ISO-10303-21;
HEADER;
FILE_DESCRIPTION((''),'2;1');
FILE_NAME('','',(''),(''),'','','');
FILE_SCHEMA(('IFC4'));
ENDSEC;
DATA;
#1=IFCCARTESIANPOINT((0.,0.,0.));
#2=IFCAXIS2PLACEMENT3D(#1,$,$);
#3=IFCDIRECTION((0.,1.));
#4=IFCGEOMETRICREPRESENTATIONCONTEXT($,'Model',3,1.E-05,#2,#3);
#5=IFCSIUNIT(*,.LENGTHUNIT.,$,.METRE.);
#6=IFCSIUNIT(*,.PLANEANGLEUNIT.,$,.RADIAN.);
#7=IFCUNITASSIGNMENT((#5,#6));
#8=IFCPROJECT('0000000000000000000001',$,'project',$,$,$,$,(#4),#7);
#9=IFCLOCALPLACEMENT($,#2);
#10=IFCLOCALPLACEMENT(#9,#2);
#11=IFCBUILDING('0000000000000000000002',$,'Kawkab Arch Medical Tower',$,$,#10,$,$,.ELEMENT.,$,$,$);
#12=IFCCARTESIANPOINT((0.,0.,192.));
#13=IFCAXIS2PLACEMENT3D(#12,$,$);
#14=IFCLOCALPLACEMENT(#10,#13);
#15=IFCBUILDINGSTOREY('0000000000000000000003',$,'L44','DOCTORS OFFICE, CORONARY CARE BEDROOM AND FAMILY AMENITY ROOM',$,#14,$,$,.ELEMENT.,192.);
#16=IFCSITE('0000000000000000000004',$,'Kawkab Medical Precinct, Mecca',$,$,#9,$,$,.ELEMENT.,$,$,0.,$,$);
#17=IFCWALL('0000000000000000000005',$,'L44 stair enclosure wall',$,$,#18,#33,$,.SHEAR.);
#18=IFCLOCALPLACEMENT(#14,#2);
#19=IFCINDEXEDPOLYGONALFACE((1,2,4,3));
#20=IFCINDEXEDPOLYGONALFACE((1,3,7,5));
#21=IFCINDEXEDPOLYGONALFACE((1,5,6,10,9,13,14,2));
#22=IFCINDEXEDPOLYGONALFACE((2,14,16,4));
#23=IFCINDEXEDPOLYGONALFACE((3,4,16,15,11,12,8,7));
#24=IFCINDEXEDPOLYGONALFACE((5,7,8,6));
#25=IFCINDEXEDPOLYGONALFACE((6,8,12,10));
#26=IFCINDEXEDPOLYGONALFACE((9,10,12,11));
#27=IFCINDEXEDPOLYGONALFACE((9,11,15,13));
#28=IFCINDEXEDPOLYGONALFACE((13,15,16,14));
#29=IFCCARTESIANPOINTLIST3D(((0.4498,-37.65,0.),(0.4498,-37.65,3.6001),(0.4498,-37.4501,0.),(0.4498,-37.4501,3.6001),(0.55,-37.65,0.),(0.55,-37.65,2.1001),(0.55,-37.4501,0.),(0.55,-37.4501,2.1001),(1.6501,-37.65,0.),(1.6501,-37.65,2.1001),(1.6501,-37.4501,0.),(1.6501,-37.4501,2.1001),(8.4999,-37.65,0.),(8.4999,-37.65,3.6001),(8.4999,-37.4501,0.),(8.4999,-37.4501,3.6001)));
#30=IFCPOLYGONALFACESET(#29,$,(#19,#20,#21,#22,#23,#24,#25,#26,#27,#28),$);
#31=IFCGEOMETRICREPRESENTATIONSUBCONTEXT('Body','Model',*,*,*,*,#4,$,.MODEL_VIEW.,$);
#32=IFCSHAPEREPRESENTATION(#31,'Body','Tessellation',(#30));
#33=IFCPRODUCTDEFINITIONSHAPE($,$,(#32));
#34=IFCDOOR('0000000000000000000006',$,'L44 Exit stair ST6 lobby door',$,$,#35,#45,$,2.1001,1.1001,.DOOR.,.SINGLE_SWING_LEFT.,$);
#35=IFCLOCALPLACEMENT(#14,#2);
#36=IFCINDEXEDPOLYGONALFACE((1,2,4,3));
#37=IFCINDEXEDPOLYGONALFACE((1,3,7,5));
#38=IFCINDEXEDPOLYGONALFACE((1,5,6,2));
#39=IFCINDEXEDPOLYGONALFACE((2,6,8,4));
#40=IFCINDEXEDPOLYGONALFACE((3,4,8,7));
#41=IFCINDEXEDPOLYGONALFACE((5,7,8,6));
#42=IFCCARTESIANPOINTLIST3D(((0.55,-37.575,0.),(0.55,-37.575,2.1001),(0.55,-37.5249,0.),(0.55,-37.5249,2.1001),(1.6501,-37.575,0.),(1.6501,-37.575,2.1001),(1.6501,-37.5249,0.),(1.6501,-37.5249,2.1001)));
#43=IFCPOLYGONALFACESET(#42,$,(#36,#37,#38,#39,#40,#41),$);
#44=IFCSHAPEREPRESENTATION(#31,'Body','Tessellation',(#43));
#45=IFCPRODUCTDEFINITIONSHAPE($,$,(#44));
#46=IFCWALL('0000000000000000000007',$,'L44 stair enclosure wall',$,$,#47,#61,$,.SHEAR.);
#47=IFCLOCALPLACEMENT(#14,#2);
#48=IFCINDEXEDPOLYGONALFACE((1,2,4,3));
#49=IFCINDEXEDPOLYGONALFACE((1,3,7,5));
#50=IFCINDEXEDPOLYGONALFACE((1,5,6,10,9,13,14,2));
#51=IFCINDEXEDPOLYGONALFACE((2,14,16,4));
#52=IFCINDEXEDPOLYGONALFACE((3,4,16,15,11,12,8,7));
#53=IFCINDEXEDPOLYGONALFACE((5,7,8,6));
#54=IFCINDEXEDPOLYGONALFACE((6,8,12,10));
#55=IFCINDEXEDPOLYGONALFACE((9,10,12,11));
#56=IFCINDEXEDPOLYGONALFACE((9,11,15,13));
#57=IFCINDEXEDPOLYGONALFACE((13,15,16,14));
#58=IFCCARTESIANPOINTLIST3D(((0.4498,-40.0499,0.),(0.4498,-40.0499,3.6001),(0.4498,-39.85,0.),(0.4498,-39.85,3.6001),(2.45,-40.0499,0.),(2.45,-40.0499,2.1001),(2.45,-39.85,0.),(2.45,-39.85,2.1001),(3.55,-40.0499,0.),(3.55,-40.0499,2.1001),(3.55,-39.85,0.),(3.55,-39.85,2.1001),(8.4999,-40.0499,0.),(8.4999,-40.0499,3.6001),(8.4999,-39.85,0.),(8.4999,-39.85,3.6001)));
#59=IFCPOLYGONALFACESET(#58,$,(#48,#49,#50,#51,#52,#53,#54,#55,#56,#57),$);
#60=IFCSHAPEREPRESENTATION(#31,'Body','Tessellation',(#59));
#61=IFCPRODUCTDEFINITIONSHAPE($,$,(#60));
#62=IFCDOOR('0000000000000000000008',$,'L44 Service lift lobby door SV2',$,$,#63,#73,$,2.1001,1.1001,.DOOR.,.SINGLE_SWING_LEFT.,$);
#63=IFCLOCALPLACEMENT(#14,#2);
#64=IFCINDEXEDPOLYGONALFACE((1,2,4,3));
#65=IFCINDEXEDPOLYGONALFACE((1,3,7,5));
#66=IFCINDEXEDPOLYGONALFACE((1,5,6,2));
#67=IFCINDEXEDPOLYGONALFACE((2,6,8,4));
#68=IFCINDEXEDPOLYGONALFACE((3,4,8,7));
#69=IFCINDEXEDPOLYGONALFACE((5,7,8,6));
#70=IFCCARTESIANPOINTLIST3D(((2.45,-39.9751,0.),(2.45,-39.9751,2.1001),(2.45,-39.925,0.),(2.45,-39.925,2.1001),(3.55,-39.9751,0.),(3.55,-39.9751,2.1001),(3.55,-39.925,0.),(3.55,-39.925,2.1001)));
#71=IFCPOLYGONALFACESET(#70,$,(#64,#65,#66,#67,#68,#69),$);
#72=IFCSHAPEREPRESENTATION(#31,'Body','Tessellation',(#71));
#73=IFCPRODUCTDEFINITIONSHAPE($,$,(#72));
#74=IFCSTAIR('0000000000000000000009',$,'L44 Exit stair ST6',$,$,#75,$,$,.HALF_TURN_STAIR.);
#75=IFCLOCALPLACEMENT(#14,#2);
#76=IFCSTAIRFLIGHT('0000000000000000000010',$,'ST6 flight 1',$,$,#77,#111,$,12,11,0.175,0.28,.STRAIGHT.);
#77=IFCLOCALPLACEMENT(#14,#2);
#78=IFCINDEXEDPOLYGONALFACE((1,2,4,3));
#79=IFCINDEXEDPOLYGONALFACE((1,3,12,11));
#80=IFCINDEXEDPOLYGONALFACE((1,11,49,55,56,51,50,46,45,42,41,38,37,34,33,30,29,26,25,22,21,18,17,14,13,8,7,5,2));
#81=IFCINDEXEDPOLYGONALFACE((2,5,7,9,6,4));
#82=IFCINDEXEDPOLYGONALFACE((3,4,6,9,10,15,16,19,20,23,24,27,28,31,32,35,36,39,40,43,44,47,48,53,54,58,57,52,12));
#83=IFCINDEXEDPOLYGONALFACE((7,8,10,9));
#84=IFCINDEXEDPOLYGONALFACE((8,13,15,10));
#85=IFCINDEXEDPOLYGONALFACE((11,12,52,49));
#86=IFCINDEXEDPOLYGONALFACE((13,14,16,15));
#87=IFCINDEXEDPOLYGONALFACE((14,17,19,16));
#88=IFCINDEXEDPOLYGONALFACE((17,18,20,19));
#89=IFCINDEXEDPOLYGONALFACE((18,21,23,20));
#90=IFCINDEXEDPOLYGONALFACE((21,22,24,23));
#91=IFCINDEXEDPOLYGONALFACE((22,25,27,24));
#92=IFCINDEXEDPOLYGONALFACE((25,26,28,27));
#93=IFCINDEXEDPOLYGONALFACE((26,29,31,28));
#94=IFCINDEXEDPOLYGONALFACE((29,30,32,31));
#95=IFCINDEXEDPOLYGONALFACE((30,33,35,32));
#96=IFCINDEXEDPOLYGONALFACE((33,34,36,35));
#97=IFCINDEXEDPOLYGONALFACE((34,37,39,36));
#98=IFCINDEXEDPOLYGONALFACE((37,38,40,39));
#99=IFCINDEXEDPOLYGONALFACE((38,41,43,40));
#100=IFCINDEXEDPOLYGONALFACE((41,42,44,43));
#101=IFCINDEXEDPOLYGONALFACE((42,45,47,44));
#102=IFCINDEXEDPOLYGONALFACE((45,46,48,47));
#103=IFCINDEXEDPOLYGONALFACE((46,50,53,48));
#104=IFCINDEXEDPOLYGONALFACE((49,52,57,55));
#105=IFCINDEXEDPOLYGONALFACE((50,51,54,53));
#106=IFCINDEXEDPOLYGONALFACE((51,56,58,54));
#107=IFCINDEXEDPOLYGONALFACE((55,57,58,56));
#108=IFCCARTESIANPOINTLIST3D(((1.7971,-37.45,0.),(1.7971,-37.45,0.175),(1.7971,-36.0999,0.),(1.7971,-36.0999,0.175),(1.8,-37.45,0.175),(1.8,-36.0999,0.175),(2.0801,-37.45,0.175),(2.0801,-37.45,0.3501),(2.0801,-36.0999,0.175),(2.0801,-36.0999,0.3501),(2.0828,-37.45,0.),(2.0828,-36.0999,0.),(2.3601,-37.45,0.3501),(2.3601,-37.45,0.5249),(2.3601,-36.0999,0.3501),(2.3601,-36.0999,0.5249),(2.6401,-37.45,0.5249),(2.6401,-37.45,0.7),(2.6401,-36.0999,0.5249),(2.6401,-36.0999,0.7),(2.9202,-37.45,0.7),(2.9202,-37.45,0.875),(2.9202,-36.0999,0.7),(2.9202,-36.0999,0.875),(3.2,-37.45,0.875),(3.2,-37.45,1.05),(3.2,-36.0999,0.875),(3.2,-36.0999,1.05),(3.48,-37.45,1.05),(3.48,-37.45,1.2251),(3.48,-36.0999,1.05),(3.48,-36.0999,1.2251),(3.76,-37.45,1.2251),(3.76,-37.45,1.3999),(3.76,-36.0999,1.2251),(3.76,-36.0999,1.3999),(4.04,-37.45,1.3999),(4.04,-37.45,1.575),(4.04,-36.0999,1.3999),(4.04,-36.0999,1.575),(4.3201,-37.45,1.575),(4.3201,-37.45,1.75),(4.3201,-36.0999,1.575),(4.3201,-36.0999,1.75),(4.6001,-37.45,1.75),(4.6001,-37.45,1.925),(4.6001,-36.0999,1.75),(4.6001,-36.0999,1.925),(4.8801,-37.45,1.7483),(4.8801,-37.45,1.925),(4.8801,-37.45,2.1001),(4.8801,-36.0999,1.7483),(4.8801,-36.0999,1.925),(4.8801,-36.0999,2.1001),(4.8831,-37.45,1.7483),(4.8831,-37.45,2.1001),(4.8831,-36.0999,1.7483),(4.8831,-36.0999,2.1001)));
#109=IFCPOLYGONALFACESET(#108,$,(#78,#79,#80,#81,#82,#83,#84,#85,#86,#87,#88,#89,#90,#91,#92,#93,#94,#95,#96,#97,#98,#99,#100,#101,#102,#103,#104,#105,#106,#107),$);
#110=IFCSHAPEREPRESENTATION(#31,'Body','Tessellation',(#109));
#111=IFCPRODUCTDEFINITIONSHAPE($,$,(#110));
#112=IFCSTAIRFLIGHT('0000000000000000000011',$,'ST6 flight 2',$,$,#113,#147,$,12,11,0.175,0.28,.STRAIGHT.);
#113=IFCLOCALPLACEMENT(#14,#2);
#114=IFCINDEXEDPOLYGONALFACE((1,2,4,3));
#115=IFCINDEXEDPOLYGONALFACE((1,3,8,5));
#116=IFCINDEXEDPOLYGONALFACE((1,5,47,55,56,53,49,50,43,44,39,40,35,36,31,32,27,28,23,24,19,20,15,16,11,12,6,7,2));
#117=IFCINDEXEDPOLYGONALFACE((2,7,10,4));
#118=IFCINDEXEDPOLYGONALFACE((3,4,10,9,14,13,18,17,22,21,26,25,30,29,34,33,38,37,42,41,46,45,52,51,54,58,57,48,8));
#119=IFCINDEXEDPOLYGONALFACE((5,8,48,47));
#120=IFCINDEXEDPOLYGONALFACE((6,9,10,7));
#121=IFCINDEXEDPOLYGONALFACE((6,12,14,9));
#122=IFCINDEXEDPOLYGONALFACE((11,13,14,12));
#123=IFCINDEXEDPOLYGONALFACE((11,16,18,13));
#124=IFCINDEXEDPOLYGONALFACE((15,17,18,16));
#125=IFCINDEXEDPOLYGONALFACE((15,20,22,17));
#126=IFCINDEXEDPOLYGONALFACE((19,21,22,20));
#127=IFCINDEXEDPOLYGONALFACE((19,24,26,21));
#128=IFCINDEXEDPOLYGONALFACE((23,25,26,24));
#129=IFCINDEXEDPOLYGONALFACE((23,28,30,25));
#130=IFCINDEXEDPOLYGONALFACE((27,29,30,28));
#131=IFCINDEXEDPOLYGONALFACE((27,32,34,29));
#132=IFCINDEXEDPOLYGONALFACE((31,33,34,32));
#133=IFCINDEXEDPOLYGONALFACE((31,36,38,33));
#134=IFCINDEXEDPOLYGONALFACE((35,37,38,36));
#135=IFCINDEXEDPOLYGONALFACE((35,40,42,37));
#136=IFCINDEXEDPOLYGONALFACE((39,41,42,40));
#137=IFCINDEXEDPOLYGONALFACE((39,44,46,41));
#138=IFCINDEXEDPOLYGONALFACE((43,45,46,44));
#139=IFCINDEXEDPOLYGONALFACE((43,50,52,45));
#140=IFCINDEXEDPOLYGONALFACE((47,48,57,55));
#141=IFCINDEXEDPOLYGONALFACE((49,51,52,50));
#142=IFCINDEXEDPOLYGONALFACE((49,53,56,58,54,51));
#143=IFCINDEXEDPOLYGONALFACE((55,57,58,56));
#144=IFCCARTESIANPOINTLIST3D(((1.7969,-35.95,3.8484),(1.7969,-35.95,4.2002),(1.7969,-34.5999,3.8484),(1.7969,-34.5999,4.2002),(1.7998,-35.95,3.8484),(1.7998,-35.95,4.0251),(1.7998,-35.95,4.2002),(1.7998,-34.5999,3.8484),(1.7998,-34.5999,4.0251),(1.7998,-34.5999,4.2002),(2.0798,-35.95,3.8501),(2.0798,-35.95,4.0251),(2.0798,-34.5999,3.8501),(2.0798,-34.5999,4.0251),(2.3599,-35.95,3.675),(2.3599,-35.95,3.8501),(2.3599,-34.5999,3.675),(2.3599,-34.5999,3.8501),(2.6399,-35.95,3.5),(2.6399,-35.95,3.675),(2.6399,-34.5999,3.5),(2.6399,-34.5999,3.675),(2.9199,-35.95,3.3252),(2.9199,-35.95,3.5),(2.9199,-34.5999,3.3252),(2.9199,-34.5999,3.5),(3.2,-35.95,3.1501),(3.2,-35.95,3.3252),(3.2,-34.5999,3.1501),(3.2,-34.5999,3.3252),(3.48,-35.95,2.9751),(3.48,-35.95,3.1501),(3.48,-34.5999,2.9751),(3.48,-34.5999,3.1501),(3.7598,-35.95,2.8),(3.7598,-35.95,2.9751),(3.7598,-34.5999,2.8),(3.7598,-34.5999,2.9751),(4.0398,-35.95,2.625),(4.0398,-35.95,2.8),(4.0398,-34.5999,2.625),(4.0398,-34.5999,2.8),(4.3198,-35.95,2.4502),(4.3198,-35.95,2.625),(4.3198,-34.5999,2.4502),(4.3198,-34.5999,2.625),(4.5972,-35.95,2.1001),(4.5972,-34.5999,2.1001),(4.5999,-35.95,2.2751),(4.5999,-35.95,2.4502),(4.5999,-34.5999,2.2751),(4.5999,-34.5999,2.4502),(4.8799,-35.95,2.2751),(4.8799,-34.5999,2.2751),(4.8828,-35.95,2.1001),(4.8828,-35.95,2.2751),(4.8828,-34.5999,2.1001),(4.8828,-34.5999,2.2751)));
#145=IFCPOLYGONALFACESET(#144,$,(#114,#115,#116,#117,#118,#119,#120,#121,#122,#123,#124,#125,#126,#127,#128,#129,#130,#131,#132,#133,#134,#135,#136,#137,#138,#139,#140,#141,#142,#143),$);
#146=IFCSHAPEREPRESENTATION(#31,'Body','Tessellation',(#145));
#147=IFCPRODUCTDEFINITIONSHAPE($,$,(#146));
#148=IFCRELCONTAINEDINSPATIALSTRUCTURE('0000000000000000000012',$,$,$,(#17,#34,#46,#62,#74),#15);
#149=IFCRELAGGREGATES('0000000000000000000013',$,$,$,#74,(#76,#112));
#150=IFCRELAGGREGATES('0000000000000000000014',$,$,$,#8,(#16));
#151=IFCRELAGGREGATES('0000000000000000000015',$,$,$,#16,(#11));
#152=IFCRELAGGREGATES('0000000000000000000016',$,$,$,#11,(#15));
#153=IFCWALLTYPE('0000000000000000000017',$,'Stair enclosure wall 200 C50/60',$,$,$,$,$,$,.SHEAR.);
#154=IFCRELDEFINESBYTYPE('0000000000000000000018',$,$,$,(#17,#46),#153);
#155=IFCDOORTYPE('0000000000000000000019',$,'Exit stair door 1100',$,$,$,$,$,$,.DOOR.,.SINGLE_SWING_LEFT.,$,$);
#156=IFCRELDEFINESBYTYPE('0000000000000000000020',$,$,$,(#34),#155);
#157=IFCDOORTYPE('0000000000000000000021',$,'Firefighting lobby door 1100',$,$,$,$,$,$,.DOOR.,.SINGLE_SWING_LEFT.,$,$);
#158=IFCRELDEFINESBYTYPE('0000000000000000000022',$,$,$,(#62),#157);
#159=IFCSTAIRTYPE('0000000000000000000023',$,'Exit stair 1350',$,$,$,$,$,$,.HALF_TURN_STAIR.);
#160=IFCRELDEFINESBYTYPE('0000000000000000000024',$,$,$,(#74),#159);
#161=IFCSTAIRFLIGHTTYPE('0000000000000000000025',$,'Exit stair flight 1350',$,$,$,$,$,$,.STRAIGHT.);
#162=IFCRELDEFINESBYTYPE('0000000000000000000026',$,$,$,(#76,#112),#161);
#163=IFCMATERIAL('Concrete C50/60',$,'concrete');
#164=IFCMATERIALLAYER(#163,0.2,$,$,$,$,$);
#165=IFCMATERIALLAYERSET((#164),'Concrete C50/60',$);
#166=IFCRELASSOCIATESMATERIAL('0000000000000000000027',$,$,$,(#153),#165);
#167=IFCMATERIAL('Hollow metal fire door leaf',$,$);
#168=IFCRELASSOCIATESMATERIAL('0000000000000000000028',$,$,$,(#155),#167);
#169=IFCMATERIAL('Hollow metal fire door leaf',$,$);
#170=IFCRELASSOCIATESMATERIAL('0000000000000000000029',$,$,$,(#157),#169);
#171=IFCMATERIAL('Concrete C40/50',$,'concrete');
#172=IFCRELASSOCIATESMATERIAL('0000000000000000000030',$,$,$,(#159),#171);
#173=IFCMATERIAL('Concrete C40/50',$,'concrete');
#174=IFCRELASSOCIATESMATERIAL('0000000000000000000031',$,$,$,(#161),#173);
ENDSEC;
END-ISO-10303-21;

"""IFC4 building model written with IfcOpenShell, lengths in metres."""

from ifc_helpers import new_model, si_unit, direction, frame, frame_2d, origin, place, context, subcontext, project, spatial, polyline, rectangle, outline, extrude, material, layer, layer_set, type_object, element, fill, aggregate, save


model = new_model("IFC4")

# Units and contexts
model_context = context("Model", 3, precision=1e-05, world=origin(), true_north=direction((0.0, 1.0)))
body_context = subcontext(model_context, "Body", "Model", "MODEL_VIEW")
ifc_project = project(units=[si_unit("LENGTHUNIT", "METRE"), si_unit("PLANEANGLEUNIT", "RADIAN")], contexts=[model_context])

# Site, building, storey
site_placement = place(None, origin())
site = spatial("IfcSite", under=ifc_project, at=site_placement, Name="Kawkab Medical Precinct, Mecca", CompositionType="ELEMENT", RefElevation=0.0)
building_placement = place(site_placement, origin())
building = spatial("IfcBuilding", under=site, at=building_placement, Name="Kawkab Arch Medical Tower", CompositionType="ELEMENT")
storey_placement = place(building_placement, frame((0.0, 0.0, 192.0)))
storey = spatial("IfcBuildingStorey", under=building, at=storey_placement, Name="L44", Description="DOCTORS OFFICE, CORONARY CARE BEDROOM AND FAMILY AMENITY ROOM", CompositionType="ELEMENT", Elevation=192.0)

# Shared definitions
placement = place(storey_placement, origin())

# Walls, openings, doors
ifc_material_1 = material(Name="Concrete C50/60", Category="concrete")
ifc_layer_1 = layer(ifc_material_1, 0.2)
ifc_layer_set_1 = layer_set([ifc_layer_1], Name="Concrete C50/60")
wall_type_1 = type_object("IfcWallType", Name="Stair enclosure wall 200 C50/60", PredefinedType="SHEAR", material=ifc_layer_set_1)
ifc_material_2 = material(Name="Hollow metal fire door leaf")
door_type_1 = type_object("IfcDoorType", Name="Exit stair door 1100", OperationType="SINGLE_SWING_LEFT", PredefinedType="DOOR", material=ifc_material_2)
wall_1_placement = place(storey_placement, frame((0.45, -37.55, 0.0), z_axis=(0.0, 0.0, 1.0), x_axis=(1.0, 0.0, 0.0)))
wall_1 = element("IfcWall", 1, at=wall_1_placement, inside=storey, type_object=wall_type_1, Name="L44 stair enclosure wall", PredefinedType="SHEAR", context=body_context, shape_type="SweptSolid", body=[
    extrude(rectangle(XDim=8.05, YDim=0.2, at=frame_2d((4.0249, 0.0))), origin(), (0.0, 0.0, 1.0), 3.6001),
])
opening_1_placement = place(wall_1_placement, frame((0.1001, 0.0, 0.0)))
opening_1 = element("IfcOpeningElement", 2, at=opening_1_placement, cuts=wall_1, PredefinedType="OPENING", context=body_context, shape_type="SweptSolid", body=[
    extrude(rectangle(XDim=1.1001, YDim=2.1001, at=frame_2d((0.55, 1.05))), frame((0.0, 0.1099, 0.0), z_axis=(0.0, -1.0, 0.0), x_axis=(1.0, 0.0, 0.0)), (0.0, 0.0, 1.0), 0.22),
])
door_1_placement = place(opening_1_placement, frame((1.1001, 0.0, 0.0), z_axis=(0.0, 0.0, 1.0), x_axis=(-1.0, 0.0, 0.0)))
door_1 = element("IfcDoor", 3, at=door_1_placement, inside=storey, type_object=door_type_1, Name="L44 Exit stair ST6 lobby door", OperationType="SINGLE_SWING_LEFT", OverallHeight=2.1001, OverallWidth=1.1001, PredefinedType="DOOR", context=body_context, shape_type="SweptSolid", body=[
    extrude(rectangle(XDim=1.1001, YDim=2.1001, at=frame_2d((0.55, 1.05))), frame((0.0, 0.0249, 0.0), z_axis=(0.0, -1.0, 0.0), x_axis=(1.0, 0.0, 0.0)), (0.0, 0.0, 1.0), 0.05),
])
fill(opening_1, door_1)
wall_2_placement = place(storey_placement, frame((0.45, -39.95, 0.0), z_axis=(0.0, 0.0, 1.0), x_axis=(1.0, 0.0, 0.0)))
wall_2 = element("IfcWall", 4, at=wall_2_placement, inside=storey, type_object=wall_type_1, Name="L44 stair enclosure wall", PredefinedType="SHEAR", context=body_context, shape_type="SweptSolid", body=[
    extrude(rectangle(XDim=8.05, YDim=0.2, at=frame_2d((4.0249, 0.0))), origin(), (0.0, 0.0, 1.0), 3.6001),
])
opening_2_placement = place(wall_2_placement, frame((2.0, 0.0, 0.0)))
opening_2 = element("IfcOpeningElement", 5, at=opening_2_placement, cuts=wall_2, PredefinedType="OPENING", context=body_context, shape_type="SweptSolid", body=[
    extrude(rectangle(XDim=1.1001, YDim=2.1001, at=frame_2d((0.55, 1.05))), frame((0.0, 0.1099, 0.0), z_axis=(0.0, -1.0, 0.0), x_axis=(1.0, 0.0, 0.0)), (0.0, 0.0, 1.0), 0.22),
])
ifc_material_3 = material(Name="Hollow metal fire door leaf")
door_type_2 = type_object("IfcDoorType", Name="Firefighting lobby door 1100", OperationType="SINGLE_SWING_LEFT", PredefinedType="DOOR", material=ifc_material_3)
door_2_placement = place(opening_2_placement, origin())
door_2 = element("IfcDoor", 6, at=door_2_placement, inside=storey, type_object=door_type_2, Name="L44 Service lift lobby door SV2", OperationType="SINGLE_SWING_LEFT", OverallHeight=2.1001, OverallWidth=1.1001, PredefinedType="DOOR", context=body_context, shape_type="SweptSolid", body=[
    extrude(rectangle(XDim=1.1001, YDim=2.1001, at=frame_2d((0.55, 1.05))), frame((0.0, 0.0249, 0.0), z_axis=(0.0, -1.0, 0.0), x_axis=(1.0, 0.0, 0.0)), (0.0, 0.0, 1.0), 0.05),
])
fill(opening_2, door_2)

# Stair, stair flights
ifc_material_4 = material(Name="Concrete C40/50", Category="concrete")
stair_type = type_object("IfcStairType", Name="Exit stair 1350", PredefinedType="HALF_TURN_STAIR", material=ifc_material_4)
stair = element("IfcStair", 7, at=placement, inside=storey, type_object=stair_type, Name="L44 Exit stair ST6", PredefinedType="HALF_TURN_STAIR")
ifc_material_5 = material(Name="Concrete C40/50", Category="concrete")
stair_flight_type = type_object("IfcStairFlightType", Name="Exit stair flight 1350", PredefinedType="STRAIGHT", material=ifc_material_5)
stair_flight_1_placement = place(storey_placement, frame((1.8, -36.7749, 0.0), z_axis=(0.0, 0.0, 1.0), x_axis=(1.0, 0.0, 0.0)))
stair_flight_1 = element("IfcStairFlight", 8, at=stair_flight_1_placement, type_object=stair_flight_type, Name="ST6 flight 1", NumberOfRisers=12, NumberOfTreads=11, PredefinedType="STRAIGHT", RiserHeight=0.175, TreadLength=0.28, context=body_context, shape_type="SweptSolid", body=[
    extrude(outline(polyline([(-0.0029, 0.0), (-0.0029, 0.175), (0.0, 0.175), (0.28, 0.175), (0.28, 0.3501), (0.5601, 0.3501), (0.5601, 0.5249), (0.8401, 0.5249), (0.8401, 0.7), (1.1201, 0.7), (1.1201, 0.875), (1.3999, 0.875), (1.3999, 1.05), (1.6799, 1.05), (1.6799, 1.2251), (1.96, 1.2251), (1.96, 1.3999), (2.24, 1.3999), (2.24, 1.575), (2.52, 1.575), (2.52, 1.75), (2.8, 1.75), (2.8, 1.925), (3.0801, 1.925), (3.0801, 2.1001), (3.083, 2.1001), (3.083, 1.7483), (3.0801, 1.7483), (0.2827, 0.0), (-0.0029, 0.0)])), frame((0.0, 0.675, 0.0), z_axis=(0.0, -1.0, 0.0), x_axis=(1.0, 0.0, 0.0)), (0.0, 0.0, 1.0), 1.3501),
])
stair_flight_2_placement = place(storey_placement, frame((4.8799, -35.2749, 2.1001), z_axis=(0.0, 0.0, 1.0), x_axis=(-1.0, 0.0, 0.0)))
stair_flight_2 = element("IfcStairFlight", 9, at=stair_flight_2_placement, type_object=stair_flight_type, Name="ST6 flight 2", NumberOfRisers=12, NumberOfTreads=11, PredefinedType="STRAIGHT", RiserHeight=0.175, TreadLength=0.28, context=body_context, shape_type="SweptSolid", body=[
    extrude(outline(polyline([(-0.0029, 0.0), (-0.0029, 0.175), (0.0, 0.175), (0.28, 0.175), (0.28, 0.3501), (0.5601, 0.3501), (0.5601, 0.5249), (0.8401, 0.5249), (0.8401, 0.7), (1.1201, 0.7), (1.1201, 0.875), (1.3999, 0.875), (1.3999, 1.05), (1.6799, 1.05), (1.6799, 1.2251), (1.96, 1.2251), (1.96, 1.3999), (2.24, 1.3999), (2.24, 1.575), (2.52, 1.575), (2.52, 1.75), (2.8, 1.75), (2.8, 1.925), (3.0801, 1.925), (3.0801, 2.1001), (3.083, 2.1001), (3.083, 1.7483), (3.0801, 1.7483), (0.2827, 0.0), (-0.0029, 0.0)])), frame((0.0, 0.675, 0.0), z_axis=(0.0, -1.0, 0.0), x_axis=(1.0, 0.0, 0.0)), (0.0, 0.0, 1.0), 1.3501),
])
aggregate(stair, [stair_flight_1, stair_flight_2])

save(model, "model.ifc")
